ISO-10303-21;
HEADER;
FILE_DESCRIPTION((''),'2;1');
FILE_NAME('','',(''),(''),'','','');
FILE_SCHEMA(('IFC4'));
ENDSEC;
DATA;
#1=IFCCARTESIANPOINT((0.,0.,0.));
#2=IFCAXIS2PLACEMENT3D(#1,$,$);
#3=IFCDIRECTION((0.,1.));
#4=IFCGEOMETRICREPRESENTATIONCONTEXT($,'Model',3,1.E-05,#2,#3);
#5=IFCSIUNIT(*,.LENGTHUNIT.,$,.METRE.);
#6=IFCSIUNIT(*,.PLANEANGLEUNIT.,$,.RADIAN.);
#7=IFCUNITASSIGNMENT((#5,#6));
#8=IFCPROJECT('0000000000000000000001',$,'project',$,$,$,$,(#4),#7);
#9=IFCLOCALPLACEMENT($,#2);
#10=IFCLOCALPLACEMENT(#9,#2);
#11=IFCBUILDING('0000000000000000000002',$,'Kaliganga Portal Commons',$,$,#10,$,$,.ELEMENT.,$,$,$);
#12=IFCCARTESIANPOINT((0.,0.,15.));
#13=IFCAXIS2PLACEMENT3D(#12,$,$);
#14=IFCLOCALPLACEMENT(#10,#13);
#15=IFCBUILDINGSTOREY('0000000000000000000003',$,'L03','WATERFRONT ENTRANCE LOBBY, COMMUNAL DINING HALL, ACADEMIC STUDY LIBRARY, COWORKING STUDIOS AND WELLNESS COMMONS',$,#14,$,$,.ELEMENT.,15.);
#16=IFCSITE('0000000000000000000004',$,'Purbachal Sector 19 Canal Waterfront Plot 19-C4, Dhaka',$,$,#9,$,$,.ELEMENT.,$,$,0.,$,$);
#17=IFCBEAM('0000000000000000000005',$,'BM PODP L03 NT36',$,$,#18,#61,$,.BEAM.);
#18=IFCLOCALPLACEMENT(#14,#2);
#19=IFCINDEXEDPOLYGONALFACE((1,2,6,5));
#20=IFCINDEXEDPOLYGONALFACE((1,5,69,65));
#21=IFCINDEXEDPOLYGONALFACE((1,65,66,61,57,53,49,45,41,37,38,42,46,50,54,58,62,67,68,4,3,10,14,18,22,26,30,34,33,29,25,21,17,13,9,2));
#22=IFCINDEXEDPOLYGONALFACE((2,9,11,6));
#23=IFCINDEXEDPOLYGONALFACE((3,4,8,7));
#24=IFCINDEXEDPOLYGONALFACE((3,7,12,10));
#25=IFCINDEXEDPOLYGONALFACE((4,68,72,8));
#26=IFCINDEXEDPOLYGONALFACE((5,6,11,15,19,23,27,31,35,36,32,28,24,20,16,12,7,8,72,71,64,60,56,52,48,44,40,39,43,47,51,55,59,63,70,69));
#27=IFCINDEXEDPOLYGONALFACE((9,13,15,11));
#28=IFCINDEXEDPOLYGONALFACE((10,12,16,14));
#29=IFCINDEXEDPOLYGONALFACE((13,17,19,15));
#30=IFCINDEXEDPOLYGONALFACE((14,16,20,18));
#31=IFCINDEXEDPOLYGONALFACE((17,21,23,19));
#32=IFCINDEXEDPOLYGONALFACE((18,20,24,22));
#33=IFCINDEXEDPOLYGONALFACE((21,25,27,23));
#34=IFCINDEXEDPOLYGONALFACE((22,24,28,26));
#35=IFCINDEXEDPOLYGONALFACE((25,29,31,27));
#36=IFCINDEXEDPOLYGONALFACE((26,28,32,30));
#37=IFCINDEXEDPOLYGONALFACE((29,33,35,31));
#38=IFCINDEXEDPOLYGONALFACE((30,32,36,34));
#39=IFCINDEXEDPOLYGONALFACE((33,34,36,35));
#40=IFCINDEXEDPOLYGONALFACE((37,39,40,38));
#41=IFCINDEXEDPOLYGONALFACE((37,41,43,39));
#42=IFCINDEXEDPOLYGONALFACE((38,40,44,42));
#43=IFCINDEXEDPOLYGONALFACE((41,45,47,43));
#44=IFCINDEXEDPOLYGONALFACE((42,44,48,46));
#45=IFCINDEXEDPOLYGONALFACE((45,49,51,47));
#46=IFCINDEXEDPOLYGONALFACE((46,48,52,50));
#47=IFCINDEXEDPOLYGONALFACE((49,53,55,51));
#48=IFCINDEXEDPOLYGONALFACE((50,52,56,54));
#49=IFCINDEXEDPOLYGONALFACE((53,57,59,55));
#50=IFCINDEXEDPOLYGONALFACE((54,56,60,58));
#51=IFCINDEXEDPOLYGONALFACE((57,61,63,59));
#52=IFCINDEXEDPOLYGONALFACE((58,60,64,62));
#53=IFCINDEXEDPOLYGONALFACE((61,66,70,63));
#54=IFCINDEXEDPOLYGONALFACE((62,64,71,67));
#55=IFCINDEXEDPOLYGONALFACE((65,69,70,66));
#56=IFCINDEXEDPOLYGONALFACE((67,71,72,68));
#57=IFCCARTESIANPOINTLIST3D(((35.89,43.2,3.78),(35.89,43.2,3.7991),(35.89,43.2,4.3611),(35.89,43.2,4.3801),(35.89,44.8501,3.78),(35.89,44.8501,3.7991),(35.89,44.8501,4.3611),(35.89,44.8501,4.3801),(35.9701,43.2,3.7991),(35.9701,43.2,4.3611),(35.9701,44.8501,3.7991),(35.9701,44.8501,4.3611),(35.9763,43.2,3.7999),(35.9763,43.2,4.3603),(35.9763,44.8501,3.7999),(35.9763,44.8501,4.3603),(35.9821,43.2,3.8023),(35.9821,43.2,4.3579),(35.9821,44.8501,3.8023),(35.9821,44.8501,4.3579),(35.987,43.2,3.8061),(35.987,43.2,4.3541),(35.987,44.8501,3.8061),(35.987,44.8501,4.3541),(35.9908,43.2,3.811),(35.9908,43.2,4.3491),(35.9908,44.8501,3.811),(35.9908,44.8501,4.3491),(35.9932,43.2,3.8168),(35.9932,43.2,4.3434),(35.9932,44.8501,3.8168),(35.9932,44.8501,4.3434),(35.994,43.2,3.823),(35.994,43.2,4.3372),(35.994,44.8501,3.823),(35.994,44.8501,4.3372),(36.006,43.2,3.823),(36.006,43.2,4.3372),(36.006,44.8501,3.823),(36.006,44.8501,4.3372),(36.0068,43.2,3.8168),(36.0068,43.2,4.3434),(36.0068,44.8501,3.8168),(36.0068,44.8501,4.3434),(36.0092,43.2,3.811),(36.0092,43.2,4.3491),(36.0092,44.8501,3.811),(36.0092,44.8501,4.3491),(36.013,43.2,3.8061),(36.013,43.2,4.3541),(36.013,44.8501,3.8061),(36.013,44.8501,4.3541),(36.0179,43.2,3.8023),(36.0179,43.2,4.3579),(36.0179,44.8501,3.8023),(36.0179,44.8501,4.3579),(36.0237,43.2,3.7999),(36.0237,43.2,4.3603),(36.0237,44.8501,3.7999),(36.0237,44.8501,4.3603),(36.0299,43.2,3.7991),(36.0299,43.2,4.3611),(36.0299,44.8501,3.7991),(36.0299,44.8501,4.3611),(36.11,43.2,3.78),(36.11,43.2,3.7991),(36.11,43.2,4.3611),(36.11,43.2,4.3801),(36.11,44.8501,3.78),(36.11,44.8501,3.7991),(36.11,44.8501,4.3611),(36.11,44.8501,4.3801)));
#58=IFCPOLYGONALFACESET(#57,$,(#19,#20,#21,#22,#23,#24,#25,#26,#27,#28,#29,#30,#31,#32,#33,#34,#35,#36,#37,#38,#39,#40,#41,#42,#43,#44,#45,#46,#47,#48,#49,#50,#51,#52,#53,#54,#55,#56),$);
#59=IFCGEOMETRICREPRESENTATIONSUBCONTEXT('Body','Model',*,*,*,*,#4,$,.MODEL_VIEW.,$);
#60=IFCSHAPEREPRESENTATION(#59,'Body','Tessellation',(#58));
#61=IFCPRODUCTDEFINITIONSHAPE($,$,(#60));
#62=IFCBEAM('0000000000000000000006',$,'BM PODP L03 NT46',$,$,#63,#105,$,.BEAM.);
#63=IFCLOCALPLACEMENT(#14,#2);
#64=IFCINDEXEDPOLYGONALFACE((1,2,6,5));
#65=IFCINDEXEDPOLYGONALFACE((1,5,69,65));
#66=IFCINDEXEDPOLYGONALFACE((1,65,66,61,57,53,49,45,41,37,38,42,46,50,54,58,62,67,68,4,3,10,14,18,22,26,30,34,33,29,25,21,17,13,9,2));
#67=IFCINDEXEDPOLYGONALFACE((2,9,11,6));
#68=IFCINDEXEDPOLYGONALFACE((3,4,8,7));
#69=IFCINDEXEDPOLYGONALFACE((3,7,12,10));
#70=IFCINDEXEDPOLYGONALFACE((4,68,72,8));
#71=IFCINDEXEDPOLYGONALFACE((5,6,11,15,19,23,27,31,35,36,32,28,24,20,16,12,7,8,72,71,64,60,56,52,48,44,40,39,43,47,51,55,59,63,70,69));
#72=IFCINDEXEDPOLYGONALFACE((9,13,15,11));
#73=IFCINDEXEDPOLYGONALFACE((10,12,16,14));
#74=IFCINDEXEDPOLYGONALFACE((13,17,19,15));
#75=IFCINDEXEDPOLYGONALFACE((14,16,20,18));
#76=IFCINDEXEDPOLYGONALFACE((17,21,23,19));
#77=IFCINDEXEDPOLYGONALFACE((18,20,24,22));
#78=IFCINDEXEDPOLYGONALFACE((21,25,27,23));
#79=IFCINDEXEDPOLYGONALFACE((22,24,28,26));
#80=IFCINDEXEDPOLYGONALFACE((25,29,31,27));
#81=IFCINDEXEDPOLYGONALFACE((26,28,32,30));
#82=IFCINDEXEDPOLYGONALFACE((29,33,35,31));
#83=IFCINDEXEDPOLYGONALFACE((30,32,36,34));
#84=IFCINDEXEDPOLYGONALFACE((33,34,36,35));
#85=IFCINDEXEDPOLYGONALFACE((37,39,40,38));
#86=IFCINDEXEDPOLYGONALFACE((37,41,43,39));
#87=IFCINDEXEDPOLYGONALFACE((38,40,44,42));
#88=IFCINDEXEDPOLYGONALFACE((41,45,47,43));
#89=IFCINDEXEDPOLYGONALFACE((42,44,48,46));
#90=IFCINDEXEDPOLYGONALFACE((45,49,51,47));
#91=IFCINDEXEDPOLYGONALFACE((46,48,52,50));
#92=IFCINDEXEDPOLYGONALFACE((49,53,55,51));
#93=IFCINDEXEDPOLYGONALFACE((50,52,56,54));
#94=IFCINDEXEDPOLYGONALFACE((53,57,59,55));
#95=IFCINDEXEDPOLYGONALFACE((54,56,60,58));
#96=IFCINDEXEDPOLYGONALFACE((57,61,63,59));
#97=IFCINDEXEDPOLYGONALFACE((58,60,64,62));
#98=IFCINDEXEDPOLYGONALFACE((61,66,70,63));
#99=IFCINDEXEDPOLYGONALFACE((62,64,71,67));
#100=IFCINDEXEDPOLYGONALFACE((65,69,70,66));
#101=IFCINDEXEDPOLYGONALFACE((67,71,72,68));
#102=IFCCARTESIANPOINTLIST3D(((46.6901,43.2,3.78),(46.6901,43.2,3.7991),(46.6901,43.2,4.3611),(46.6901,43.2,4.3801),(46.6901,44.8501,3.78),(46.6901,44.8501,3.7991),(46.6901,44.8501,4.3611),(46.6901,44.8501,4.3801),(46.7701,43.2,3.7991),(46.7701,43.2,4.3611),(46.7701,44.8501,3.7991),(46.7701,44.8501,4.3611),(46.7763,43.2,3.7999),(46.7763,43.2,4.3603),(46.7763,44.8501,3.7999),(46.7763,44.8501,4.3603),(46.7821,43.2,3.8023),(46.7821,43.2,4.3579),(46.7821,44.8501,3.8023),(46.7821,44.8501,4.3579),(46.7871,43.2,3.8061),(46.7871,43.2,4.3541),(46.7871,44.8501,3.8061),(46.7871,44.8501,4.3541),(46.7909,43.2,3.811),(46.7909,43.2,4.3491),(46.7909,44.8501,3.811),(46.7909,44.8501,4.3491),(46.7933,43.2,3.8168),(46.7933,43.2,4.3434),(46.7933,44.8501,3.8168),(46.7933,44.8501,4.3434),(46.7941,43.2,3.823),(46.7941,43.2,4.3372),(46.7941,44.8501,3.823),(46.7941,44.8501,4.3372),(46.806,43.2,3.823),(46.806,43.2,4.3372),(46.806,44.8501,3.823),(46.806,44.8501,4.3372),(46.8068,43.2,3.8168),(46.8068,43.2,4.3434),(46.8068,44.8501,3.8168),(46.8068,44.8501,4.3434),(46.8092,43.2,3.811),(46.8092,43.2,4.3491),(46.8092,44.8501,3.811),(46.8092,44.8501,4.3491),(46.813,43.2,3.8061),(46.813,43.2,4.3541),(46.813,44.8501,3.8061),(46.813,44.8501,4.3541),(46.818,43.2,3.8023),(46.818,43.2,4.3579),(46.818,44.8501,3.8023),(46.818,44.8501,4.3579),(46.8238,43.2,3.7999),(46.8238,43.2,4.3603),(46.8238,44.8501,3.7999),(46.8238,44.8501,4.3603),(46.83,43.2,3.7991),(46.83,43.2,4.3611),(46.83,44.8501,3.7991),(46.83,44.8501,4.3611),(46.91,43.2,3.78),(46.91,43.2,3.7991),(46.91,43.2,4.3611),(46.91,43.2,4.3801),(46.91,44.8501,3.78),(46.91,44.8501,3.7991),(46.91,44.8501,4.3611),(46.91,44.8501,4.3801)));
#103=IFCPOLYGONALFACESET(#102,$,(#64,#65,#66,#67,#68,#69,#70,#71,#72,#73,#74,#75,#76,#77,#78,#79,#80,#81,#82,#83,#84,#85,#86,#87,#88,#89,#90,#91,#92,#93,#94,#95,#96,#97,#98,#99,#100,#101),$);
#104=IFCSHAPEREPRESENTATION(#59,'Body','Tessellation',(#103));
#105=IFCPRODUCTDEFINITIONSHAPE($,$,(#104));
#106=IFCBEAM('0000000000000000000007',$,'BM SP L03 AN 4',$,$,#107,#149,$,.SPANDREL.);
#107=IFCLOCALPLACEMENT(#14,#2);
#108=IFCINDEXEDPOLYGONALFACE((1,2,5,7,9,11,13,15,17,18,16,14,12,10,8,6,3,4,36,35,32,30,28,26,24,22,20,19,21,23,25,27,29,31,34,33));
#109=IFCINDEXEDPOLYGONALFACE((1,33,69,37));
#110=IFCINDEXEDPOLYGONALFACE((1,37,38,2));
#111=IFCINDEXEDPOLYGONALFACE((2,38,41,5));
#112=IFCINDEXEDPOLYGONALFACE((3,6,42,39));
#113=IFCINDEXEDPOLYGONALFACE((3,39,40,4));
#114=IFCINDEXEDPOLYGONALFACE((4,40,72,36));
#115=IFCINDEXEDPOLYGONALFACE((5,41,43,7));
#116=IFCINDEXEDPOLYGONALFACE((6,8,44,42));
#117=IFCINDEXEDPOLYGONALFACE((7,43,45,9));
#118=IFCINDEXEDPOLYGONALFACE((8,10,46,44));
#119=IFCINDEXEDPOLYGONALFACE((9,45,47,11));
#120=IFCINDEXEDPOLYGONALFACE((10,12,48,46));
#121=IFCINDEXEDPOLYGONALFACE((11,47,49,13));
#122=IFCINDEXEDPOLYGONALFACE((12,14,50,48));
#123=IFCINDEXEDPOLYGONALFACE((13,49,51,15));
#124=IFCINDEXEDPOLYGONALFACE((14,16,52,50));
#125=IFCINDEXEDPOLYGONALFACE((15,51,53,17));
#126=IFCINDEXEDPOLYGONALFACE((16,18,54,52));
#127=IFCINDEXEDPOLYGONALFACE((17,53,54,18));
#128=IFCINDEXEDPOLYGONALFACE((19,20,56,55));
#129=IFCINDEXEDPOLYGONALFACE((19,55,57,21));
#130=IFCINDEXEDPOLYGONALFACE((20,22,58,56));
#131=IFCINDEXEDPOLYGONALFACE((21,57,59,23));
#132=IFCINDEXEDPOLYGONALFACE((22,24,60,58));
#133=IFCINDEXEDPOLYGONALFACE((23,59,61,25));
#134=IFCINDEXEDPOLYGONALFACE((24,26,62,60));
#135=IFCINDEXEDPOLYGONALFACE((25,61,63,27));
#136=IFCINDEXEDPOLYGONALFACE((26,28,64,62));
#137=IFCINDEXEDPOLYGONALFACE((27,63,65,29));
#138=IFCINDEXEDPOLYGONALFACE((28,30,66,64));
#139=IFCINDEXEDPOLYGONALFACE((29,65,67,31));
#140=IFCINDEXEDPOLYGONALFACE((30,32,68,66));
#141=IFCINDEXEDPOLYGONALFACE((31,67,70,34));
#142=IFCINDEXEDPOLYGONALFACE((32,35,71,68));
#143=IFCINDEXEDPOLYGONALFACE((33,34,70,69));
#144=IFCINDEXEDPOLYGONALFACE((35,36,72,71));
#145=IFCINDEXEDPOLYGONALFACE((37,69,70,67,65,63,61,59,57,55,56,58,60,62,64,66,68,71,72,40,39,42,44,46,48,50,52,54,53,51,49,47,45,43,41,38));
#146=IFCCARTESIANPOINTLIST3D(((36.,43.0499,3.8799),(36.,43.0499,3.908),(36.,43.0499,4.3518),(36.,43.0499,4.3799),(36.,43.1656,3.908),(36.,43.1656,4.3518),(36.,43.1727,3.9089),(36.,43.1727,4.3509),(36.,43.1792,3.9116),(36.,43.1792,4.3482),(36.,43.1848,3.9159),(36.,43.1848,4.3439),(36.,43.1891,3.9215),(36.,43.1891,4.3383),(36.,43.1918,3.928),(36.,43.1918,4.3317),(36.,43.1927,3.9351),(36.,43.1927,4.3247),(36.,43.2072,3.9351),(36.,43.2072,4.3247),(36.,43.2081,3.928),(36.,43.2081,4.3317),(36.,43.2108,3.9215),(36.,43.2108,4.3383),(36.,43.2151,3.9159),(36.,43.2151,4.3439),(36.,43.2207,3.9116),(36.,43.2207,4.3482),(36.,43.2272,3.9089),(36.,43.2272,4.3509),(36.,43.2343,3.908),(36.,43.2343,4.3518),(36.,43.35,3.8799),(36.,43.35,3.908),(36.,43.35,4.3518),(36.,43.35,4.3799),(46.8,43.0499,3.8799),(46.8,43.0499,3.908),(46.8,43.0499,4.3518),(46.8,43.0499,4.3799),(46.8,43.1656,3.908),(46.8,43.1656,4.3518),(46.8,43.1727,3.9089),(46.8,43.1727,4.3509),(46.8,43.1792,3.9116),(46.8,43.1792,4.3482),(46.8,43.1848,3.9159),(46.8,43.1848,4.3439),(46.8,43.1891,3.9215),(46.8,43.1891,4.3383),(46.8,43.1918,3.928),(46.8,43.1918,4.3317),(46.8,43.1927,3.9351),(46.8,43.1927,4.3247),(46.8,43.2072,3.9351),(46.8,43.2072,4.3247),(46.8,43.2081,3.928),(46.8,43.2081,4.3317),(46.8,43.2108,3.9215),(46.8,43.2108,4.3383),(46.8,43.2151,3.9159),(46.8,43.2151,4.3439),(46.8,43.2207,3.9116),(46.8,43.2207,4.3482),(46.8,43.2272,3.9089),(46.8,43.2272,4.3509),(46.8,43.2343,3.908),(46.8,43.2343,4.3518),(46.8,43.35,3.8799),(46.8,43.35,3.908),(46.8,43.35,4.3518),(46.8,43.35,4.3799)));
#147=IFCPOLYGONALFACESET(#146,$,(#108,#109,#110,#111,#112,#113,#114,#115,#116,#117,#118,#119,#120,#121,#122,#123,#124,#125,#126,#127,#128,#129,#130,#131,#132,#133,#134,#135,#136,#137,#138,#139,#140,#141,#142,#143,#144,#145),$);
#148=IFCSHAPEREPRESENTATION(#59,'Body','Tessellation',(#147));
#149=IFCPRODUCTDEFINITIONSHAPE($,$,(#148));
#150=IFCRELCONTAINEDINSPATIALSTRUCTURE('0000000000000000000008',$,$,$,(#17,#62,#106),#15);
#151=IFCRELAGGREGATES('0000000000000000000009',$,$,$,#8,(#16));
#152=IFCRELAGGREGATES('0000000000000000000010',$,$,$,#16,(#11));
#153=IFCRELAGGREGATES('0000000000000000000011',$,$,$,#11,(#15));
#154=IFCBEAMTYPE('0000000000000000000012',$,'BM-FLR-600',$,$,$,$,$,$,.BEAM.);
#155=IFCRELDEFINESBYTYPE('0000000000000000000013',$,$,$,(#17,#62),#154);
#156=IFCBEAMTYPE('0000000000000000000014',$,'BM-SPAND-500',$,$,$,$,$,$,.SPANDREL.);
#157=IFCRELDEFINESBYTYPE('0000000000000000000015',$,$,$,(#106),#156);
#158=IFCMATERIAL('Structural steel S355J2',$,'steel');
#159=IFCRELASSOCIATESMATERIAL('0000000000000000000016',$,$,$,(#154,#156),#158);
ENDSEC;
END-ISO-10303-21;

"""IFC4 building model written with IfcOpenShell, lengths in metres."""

from ifc_helpers import new_model, si_unit, direction, frame, origin, origin_2d, place, context, subcontext, project, spatial, i_section, extrude, source, transform, mapped, material, material_profile, profile_set, type_object, element, save


model = new_model("IFC4")

# Units and contexts
model_context = context("Model", 3, precision=1e-05, world=origin(), true_north=direction((0.0, 1.0)))
body_context = subcontext(model_context, "Body", "Model", "MODEL_VIEW")
ifc_project = project(units=[si_unit("LENGTHUNIT", "METRE"), si_unit("PLANEANGLEUNIT", "RADIAN")], contexts=[model_context])

# Site, building, storey
site_placement = place(None, origin())
site = spatial("IfcSite", under=ifc_project, at=site_placement, Name="Purbachal Sector 19 Canal Waterfront Plot 19-C4, Dhaka", CompositionType="ELEMENT", RefElevation=0.0)
building_placement = place(site_placement, origin())
building = spatial("IfcBuilding", under=site, at=building_placement, Name="Kaliganga Portal Commons", CompositionType="ELEMENT")
storey_placement = place(building_placement, frame((0.0, 0.0, 15.0)))
storey = spatial("IfcBuildingStorey", under=building, at=storey_placement, Name="L03", Description="WATERFRONT ENTRANCE LOBBY, COMMUNAL DINING HALL, ACADEMIC STUDY LIBRARY, COWORKING STUDIOS AND WELLNESS COMMONS", CompositionType="ELEMENT", Elevation=15.0)

# Beams
ifc_material_1 = material(Name="Structural steel S355J2", Category="steel")
ifc_material_profile_1 = material_profile(ifc_material_1, i_section(OverallWidth=0.22, OverallDepth=0.6001, WebThickness=0.012, FlangeThickness=0.019, FilletRadius=0.0239, at=origin_2d()), Name="IPE 600")
ifc_profile_set_1 = profile_set([ifc_material_profile_1], Name="Structural steel S355J2 wide-flange")
beam_type_1 = type_object("IfcBeamType", Name="BM-FLR-600", PredefinedType="BEAM", material=ifc_profile_set_1)
shared_shape_1 = source(origin(), body_context, "Body", "SweptSolid", [
    extrude(i_section(OverallWidth=0.22, OverallDepth=0.6001, WebThickness=0.012, FlangeThickness=0.019, FilletRadius=0.0239, at=origin_2d()), origin(), (0.0, 0.0, 1.0), 1.6501),
])
for number, where, z_axis, x_axis, name in (
    (1, (36.0, 43.2, 4.0801), (0.0, 1.0, 0.0), (-1.0, 0.0, 0.0), "BM PODP L03 NT36"),
    (2, (46.8, 43.2, 4.0801), (0.0, 1.0, 0.0), (-1.0, 0.0, 0.0), "BM PODP L03 NT46"),
):
    element("IfcBeam", number, at=place(storey_placement, frame(where, z_axis=z_axis, x_axis=x_axis)), inside=storey, type_object=beam_type_1, Name=name, PredefinedType="BEAM", context=body_context, shape_type="MappedRepresentation", body=[
        mapped(shared_shape_1, transform((0.0, 0.0, 0.0), x_axis=(1.0, 0.0, 0.0), y_axis=(0.0, 1.0, 0.0), z_axis=(0.0, 0.0, 1.0), scale=1.0)),
    ])
ifc_material_profile_2 = material_profile(ifc_material_1, i_section(OverallWidth=0.3, OverallDepth=0.5, WebThickness=0.0144, FlangeThickness=0.0281, FilletRadius=0.0271, at=origin_2d()), Name="HE 500 B")
ifc_profile_set_2 = profile_set([ifc_material_profile_2], Name="Structural steel S355J2 wide-flange")
beam_type_2 = type_object("IfcBeamType", Name="BM-SPAND-500", PredefinedType="SPANDREL", material=ifc_profile_set_2)
shared_shape_2 = source(origin(), body_context, "Body", "SweptSolid", [
    extrude(i_section(OverallWidth=0.3, OverallDepth=0.5, WebThickness=0.0144, FlangeThickness=0.0281, FilletRadius=0.0271, at=origin_2d()), origin(), (0.0, 0.0, 1.0), 10.8),
])
beam_1_placement = place(storey_placement, frame((36.0, 43.2, 4.1299), z_axis=(1.0, 0.0, 0.0), x_axis=(0.0, 1.0, 0.0)))
element("IfcBeam", 3, at=beam_1_placement, inside=storey, type_object=beam_type_2, Name="BM SP L03 AN 4", PredefinedType="SPANDREL", context=body_context, shape_type="MappedRepresentation", body=[
    mapped(shared_shape_2, transform((0.0, 0.0, 0.0), x_axis=(1.0, 0.0, 0.0), y_axis=(0.0, 1.0, 0.0), z_axis=(0.0, 0.0, 1.0), scale=1.0)),
])

save(model, "model.ifc")
